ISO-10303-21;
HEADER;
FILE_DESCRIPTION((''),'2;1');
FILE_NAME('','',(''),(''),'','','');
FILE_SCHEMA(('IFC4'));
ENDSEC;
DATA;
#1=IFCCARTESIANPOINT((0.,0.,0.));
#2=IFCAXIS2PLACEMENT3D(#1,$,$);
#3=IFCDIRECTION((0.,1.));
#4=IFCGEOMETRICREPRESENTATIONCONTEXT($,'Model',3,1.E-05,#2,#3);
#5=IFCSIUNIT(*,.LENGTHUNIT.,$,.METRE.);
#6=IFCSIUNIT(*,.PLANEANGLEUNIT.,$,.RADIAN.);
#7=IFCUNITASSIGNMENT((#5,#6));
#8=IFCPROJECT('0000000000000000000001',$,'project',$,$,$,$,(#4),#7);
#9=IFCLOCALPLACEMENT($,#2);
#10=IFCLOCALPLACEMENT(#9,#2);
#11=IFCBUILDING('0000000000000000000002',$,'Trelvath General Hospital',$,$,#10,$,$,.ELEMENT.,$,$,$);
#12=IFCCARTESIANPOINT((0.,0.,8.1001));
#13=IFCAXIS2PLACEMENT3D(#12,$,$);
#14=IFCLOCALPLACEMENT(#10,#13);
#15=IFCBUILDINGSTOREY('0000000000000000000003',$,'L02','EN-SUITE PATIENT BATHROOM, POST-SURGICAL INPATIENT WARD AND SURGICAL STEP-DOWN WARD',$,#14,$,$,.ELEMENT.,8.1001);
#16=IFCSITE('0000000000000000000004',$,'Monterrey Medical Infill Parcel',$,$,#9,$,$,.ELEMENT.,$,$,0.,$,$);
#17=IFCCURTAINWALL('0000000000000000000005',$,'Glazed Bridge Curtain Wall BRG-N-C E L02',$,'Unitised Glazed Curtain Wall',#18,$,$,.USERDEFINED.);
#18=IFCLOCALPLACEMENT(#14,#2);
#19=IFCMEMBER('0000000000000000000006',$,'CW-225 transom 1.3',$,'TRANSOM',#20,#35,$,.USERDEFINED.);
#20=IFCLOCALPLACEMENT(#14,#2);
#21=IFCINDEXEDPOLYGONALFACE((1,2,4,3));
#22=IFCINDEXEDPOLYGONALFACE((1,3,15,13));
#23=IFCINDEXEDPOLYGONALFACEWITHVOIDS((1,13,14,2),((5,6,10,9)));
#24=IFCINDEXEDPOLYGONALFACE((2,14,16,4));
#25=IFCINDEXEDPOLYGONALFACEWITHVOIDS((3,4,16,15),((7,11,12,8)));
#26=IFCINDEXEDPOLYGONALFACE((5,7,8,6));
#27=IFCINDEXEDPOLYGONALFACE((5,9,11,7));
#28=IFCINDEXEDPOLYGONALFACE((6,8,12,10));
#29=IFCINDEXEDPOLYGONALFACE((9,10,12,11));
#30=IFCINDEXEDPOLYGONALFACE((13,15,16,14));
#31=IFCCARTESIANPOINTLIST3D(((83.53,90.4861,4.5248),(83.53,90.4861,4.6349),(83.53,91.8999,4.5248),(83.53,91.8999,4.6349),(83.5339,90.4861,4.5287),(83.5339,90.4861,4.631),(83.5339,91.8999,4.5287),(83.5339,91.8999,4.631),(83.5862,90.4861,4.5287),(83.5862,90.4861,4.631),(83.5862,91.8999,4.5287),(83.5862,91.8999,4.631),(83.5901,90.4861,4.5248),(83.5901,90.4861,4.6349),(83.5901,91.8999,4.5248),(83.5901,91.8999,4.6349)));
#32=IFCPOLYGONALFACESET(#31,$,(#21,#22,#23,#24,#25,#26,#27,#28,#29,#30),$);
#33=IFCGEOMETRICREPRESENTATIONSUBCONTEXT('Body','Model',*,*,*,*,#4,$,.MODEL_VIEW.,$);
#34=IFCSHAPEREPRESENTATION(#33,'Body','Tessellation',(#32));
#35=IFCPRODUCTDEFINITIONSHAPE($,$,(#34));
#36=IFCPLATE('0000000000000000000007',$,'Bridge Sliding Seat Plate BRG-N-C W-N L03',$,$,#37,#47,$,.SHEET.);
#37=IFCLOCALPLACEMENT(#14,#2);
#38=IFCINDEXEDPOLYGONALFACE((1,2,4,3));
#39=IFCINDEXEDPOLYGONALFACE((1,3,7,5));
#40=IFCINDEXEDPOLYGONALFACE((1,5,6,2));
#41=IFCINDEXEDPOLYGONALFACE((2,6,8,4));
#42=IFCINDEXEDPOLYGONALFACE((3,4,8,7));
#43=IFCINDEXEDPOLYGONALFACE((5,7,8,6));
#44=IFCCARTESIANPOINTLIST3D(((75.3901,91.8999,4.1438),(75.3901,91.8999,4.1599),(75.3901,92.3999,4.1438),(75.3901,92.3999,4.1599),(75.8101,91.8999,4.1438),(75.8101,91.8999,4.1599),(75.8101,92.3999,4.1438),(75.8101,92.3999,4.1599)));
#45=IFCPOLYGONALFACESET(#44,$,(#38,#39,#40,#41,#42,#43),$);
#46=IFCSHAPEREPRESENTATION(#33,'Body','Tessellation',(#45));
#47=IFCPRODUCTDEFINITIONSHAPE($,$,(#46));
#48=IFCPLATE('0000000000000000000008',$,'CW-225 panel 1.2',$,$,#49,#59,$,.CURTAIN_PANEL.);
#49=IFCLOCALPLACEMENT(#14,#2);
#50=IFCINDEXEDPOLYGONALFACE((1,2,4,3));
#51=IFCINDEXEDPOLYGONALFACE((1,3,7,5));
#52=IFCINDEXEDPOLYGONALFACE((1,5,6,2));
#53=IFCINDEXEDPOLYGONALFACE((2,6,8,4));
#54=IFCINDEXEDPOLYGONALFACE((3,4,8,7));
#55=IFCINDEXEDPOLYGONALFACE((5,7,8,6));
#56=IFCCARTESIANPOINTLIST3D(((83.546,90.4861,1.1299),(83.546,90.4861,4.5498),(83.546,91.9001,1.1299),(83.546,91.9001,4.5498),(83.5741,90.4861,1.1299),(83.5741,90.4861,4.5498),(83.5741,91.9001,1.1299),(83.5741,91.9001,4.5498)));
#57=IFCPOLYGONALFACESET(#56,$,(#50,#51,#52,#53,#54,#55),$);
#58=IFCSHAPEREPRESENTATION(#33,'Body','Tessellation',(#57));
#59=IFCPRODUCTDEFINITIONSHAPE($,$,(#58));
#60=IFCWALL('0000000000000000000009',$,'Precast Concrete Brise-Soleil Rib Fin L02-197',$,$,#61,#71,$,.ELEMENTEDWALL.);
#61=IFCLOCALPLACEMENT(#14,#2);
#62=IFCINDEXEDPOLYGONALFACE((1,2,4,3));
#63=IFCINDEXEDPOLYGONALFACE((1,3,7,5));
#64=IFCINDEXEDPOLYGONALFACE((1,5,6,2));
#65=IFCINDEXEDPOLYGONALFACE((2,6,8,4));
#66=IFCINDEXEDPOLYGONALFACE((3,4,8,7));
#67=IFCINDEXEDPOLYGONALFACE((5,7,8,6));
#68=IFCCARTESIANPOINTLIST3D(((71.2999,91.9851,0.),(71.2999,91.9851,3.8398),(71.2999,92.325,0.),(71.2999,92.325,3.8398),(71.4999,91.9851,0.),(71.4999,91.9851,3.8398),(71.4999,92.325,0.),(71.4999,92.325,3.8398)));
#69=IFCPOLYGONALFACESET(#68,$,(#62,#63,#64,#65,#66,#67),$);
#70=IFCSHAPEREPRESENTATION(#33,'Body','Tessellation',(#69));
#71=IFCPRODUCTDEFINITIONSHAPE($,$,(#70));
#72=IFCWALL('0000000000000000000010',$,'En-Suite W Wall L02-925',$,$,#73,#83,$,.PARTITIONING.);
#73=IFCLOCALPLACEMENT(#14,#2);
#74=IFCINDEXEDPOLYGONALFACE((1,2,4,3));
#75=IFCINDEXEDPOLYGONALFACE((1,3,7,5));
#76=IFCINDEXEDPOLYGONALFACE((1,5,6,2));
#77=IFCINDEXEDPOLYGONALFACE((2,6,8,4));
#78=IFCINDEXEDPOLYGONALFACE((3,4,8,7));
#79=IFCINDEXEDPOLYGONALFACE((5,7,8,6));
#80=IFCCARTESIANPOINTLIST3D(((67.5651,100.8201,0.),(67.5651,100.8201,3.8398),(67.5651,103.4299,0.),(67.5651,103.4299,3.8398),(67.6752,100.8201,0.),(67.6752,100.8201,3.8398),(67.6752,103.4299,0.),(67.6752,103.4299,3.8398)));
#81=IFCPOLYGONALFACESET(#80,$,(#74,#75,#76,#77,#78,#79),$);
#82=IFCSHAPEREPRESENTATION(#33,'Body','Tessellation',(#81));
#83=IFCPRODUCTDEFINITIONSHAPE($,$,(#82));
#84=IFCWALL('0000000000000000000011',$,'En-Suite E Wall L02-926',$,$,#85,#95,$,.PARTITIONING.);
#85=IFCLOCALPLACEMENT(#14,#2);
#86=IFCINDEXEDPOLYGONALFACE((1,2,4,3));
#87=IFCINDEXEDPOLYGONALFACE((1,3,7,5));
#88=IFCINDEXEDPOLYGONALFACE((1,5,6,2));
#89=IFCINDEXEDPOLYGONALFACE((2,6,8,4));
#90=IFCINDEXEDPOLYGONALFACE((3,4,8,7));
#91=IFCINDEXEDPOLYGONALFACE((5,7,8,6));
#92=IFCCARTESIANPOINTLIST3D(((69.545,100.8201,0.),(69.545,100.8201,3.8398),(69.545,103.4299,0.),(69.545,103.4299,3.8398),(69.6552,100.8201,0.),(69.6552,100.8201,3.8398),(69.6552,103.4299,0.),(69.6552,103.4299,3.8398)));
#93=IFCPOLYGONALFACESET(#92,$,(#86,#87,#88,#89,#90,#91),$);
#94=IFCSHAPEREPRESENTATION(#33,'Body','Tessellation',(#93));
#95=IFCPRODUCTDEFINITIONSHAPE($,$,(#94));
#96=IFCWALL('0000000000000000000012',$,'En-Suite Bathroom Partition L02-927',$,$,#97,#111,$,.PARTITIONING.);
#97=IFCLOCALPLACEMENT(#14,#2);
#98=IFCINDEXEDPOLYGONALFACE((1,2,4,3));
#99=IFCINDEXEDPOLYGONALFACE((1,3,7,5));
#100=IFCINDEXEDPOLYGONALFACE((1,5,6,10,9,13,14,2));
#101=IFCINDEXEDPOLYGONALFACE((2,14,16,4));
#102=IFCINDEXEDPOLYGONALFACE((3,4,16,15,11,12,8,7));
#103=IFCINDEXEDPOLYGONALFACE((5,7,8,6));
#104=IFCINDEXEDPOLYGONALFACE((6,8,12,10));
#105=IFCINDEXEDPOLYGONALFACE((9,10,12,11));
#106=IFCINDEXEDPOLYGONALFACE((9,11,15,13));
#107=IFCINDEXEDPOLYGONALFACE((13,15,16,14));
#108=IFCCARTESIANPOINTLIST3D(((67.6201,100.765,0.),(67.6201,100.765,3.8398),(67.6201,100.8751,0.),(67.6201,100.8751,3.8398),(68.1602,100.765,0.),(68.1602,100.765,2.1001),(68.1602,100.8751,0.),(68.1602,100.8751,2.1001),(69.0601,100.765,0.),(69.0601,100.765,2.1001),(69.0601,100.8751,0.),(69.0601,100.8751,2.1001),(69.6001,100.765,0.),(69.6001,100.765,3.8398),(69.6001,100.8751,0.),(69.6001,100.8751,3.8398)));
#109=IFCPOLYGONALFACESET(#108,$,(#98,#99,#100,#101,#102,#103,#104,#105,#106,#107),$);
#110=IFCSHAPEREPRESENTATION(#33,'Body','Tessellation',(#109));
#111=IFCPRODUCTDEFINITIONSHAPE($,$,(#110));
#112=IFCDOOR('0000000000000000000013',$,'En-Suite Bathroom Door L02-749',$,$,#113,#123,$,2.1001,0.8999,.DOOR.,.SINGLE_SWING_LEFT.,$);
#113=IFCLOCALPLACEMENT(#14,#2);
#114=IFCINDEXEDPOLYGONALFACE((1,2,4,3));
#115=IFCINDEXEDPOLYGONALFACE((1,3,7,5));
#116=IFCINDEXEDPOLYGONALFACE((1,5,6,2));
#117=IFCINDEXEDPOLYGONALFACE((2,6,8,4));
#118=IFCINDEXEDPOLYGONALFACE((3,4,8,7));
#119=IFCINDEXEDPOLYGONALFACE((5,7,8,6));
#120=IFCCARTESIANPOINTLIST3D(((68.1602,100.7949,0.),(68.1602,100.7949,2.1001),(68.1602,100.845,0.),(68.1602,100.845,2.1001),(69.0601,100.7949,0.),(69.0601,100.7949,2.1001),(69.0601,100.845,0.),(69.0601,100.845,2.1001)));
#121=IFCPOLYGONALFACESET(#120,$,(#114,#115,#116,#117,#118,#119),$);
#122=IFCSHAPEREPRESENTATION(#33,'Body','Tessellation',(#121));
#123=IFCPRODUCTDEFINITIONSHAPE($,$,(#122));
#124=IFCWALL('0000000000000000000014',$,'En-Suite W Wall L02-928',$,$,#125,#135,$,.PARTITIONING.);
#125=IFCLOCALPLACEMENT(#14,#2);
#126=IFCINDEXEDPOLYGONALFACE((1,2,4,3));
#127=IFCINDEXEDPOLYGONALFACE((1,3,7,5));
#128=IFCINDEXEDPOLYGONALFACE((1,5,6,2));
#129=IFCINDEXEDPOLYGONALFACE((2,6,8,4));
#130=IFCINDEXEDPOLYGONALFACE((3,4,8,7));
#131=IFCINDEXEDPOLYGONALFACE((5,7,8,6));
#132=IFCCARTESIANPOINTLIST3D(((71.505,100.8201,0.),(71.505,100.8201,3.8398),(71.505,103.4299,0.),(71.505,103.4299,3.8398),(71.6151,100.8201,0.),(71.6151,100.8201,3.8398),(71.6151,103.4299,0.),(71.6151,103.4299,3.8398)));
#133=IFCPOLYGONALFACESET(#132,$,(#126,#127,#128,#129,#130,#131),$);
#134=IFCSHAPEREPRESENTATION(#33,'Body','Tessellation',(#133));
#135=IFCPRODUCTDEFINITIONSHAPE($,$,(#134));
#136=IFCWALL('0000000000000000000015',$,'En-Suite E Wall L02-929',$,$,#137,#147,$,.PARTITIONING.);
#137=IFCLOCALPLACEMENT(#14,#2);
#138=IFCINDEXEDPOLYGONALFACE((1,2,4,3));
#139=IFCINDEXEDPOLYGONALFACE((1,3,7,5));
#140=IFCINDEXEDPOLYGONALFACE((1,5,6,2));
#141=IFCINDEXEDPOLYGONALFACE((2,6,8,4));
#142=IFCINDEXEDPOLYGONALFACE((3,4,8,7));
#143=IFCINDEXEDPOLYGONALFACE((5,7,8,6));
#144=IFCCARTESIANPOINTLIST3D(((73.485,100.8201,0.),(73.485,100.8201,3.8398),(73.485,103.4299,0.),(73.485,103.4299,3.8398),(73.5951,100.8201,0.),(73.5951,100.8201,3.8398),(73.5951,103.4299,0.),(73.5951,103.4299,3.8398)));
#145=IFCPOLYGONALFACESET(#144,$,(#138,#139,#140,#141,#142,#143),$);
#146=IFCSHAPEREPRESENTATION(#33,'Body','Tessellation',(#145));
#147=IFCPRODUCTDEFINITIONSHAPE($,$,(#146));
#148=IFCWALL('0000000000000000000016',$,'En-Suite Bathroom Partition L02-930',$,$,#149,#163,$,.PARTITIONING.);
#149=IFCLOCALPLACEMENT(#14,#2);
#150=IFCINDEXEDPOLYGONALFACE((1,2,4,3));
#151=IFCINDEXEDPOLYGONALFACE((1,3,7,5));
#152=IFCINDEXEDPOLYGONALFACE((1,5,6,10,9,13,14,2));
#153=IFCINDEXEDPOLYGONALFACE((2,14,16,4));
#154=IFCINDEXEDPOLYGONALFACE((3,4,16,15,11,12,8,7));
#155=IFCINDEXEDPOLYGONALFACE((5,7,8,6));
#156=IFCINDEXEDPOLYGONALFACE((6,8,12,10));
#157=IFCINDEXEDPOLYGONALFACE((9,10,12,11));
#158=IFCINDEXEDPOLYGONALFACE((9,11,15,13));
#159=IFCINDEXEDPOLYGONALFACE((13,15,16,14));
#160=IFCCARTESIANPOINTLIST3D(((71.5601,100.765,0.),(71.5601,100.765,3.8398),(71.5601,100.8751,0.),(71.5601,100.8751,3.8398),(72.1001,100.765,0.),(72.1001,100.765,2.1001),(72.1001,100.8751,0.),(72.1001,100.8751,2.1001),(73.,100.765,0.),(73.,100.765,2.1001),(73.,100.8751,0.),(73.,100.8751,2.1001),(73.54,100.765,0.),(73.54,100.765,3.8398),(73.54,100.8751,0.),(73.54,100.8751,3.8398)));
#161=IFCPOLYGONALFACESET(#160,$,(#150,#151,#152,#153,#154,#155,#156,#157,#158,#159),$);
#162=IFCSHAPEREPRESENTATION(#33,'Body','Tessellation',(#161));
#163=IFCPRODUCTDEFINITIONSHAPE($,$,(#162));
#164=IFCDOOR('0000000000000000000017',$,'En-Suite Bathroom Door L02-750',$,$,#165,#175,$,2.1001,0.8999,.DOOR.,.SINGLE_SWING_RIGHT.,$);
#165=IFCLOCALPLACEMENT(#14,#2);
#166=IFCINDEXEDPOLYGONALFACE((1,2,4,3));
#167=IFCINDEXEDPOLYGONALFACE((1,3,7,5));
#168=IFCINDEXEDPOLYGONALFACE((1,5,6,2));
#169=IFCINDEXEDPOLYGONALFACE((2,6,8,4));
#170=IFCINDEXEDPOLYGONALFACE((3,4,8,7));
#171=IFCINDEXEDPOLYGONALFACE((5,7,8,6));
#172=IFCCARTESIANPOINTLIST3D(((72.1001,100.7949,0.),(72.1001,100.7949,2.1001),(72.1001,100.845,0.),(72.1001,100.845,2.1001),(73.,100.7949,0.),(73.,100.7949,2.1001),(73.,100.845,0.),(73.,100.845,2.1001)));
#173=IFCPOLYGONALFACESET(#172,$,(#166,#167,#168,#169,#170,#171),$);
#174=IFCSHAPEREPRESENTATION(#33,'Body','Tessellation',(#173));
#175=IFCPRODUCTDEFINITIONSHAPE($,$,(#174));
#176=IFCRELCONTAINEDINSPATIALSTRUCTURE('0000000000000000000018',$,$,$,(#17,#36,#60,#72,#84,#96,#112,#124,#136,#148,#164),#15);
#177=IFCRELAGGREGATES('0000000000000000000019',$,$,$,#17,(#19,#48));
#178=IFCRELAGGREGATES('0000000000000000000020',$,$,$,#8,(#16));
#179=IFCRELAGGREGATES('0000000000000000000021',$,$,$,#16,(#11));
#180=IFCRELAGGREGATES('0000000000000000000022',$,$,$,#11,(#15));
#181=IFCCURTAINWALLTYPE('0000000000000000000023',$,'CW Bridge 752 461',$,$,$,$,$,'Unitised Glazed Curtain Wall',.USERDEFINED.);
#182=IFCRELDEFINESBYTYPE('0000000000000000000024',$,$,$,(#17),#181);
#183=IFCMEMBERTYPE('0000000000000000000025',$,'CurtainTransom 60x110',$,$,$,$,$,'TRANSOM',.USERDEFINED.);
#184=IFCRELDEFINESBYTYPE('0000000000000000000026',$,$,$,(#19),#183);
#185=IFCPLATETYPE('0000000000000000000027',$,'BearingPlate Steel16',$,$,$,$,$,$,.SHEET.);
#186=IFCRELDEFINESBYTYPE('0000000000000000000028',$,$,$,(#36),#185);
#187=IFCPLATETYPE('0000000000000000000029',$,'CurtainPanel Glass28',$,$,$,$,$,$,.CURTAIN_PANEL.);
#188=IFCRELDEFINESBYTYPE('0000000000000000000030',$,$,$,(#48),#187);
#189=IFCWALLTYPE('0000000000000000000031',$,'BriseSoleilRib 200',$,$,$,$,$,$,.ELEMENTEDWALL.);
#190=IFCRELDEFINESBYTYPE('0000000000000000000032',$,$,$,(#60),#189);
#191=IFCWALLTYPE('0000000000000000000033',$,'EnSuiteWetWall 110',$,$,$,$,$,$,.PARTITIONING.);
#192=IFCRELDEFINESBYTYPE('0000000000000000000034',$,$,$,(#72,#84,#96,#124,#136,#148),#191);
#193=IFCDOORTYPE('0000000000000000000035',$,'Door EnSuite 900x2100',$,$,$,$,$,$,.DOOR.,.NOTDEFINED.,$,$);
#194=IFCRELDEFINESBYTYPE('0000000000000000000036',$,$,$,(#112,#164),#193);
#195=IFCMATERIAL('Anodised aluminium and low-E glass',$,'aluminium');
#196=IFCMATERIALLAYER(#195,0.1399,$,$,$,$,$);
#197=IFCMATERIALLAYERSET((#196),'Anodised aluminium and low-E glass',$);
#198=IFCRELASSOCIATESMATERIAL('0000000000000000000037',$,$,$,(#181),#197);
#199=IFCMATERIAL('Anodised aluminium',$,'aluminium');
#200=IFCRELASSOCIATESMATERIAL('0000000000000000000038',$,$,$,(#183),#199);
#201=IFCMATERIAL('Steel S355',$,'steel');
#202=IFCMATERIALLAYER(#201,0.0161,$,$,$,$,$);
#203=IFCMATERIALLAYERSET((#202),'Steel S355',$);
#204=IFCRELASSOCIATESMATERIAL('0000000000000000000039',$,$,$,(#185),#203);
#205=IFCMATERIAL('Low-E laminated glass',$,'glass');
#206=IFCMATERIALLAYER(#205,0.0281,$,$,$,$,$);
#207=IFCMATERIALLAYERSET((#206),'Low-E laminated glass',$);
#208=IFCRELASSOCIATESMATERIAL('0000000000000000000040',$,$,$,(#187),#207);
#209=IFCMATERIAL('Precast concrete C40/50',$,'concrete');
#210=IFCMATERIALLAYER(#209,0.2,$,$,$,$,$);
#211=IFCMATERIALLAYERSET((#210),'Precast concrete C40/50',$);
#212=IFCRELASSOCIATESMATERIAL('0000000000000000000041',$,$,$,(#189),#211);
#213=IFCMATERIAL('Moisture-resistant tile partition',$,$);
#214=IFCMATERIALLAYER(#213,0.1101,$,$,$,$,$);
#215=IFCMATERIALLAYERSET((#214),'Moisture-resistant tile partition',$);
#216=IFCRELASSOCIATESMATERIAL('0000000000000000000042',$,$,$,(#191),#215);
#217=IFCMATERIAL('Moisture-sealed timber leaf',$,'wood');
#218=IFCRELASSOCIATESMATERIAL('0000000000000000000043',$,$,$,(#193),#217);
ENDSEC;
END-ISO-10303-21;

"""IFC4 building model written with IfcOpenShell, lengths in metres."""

from ifc_helpers import new_model, si_unit, direction, frame, frame_2d, origin, origin_2d, place, context, subcontext, project, spatial, rectangle, hollow_rectangle, extrude, material, layer, layer_set, material_profile, profile_set, type_object, element, fill, aggregate, save


model = new_model("IFC4")

# Units and contexts
model_context = context("Model", 3, precision=1e-05, world=origin(), true_north=direction((0.0, 1.0)))
body_context = subcontext(model_context, "Body", "Model", "MODEL_VIEW")
ifc_project = project(units=[si_unit("LENGTHUNIT", "METRE"), si_unit("PLANEANGLEUNIT", "RADIAN")], contexts=[model_context])

# Site, building, storey
site_placement = place(None, origin())
site = spatial("IfcSite", under=ifc_project, at=site_placement, Name="Monterrey Medical Infill Parcel", CompositionType="ELEMENT", RefElevation=0.0)
building_placement = place(site_placement, origin())
building = spatial("IfcBuilding", under=site, at=building_placement, Name="Trelvath General Hospital", CompositionType="ELEMENT")
storey_placement = place(building_placement, frame((0.0, 0.0, 8.1001)))
storey = spatial("IfcBuildingStorey", under=building, at=storey_placement, Name="L02", Description="EN-SUITE PATIENT BATHROOM, POST-SURGICAL INPATIENT WARD AND SURGICAL STEP-DOWN WARD", CompositionType="ELEMENT", Elevation=8.1001)

# Shared definitions
ifc_material_1 = material(Name="Anodised aluminium and low-E glass", Category="aluminium")
ifc_layer_1 = layer(ifc_material_1, 0.1399)
ifc_layer_set_1 = layer_set([ifc_layer_1], Name="Anodised aluminium and low-E glass")
curtain_wall_type = type_object("IfcCurtainWallType", Name="CW Bridge 752 461", ElementType="Unitised Glazed Curtain Wall", PredefinedType="USERDEFINED", material=ifc_layer_set_1)

# Curtain wall, member
curtain_wall_1_placement = place(storey_placement, origin())
curtain_wall_1 = element("IfcCurtainWall", 1, at=curtain_wall_1_placement, inside=storey, type_object=curtain_wall_type, Name="Glazed Bridge Curtain Wall BRG-N-C E L02", ObjectType="Unitised Glazed Curtain Wall", PredefinedType="USERDEFINED")
ifc_material_2 = material(Name="Anodised aluminium", Category="aluminium")
ifc_material_profile_1 = material_profile(ifc_material_2, hollow_rectangle(XDim=0.0601, YDim=0.1101, WallThickness=0.0039, at=origin_2d()), Name="RHS60x110x4")
ifc_profile_set_1 = profile_set([ifc_material_profile_1], Name="Anodised aluminium")
member_type_1 = type_object("IfcMemberType", Name="CurtainTransom 60x110", ElementType="TRANSOM", PredefinedType="USERDEFINED", material=ifc_profile_set_1)
member_1_placement = place(storey_placement, frame((83.5601, 91.8999, 4.5798), z_axis=(0.0, -1.0, 0.0), x_axis=(1.0, 0.0, 0.0)))
member_1 = element("IfcMember", 2, at=member_1_placement, type_object=member_type_1, Name="CW-225 transom 1.3", ObjectType="TRANSOM", PredefinedType="USERDEFINED", context=body_context, shape_type="SweptSolid", body=[
    extrude(hollow_rectangle(XDim=0.0601, YDim=0.1101, WallThickness=0.0039, at=origin_2d()), origin(), (0.0, 0.0, 1.0), 1.4138),
])

# Plates
ifc_material_3 = material(Name="Steel S355", Category="steel")
ifc_layer_2 = layer(ifc_material_3, 0.0161)
ifc_layer_set_2 = layer_set([ifc_layer_2], Name="Steel S355")
plate_type_1 = type_object("IfcPlateType", Name="BearingPlate Steel16", PredefinedType="SHEET", material=ifc_layer_set_2)
plate_1_placement = place(storey_placement, frame((75.6001, 92.1499, 4.1438), z_axis=(0.0, 0.0, 1.0), x_axis=(1.0, 0.0, 0.0)))
element("IfcPlate", 3, at=plate_1_placement, inside=storey, type_object=plate_type_1, Name="Bridge Sliding Seat Plate BRG-N-C W-N L03", PredefinedType="SHEET", context=body_context, shape_type="SweptSolid", body=[
    extrude(rectangle(XDim=0.4199, YDim=0.5, at=origin_2d()), origin(), (0.0, 0.0, 1.0), 0.0161),
])
ifc_material_4 = material(Name="Low-E laminated glass", Category="glass")
ifc_layer_3 = layer(ifc_material_4, 0.0281)
ifc_layer_set_3 = layer_set([ifc_layer_3], Name="Low-E laminated glass")
plate_type_2 = type_object("IfcPlateType", Name="CurtainPanel Glass28", PredefinedType="CURTAIN_PANEL", material=ifc_layer_set_3)
plate_2_placement = place(storey_placement, frame((83.5601, 91.1931, 1.1299), z_axis=(0.0, 0.0, 1.0), x_axis=(0.0, -1.0, 0.0)))
plate_2 = element("IfcPlate", 4, at=plate_2_placement, type_object=plate_type_2, Name="CW-225 panel 1.2", PredefinedType="CURTAIN_PANEL", context=body_context, shape_type="SweptSolid", body=[
    extrude(rectangle(XDim=1.4141, YDim=0.0281, at=origin_2d()), origin(), (0.0, 0.0, 1.0), 3.4199),
])
aggregate(curtain_wall_1, [member_1, plate_2])

# Walls
ifc_material_5 = material(Name="Precast concrete C40/50", Category="concrete")
ifc_layer_4 = layer(ifc_material_5, 0.2)
ifc_layer_set_4 = layer_set([ifc_layer_4], Name="Precast concrete C40/50")
wall_type_1 = type_object("IfcWallType", Name="BriseSoleilRib 200", PredefinedType="ELEMENTEDWALL", material=ifc_layer_set_4)
wall_1_placement = place(storey_placement, frame((71.3999, 92.325, 0.0), z_axis=(0.0, 0.0, 1.0), x_axis=(0.0, -1.0, 0.0)))
element("IfcWall", 5, at=wall_1_placement, inside=storey, type_object=wall_type_1, Name="Precast Concrete Brise-Soleil Rib Fin L02-197", PredefinedType="ELEMENTEDWALL", context=body_context, shape_type="SweptSolid", body=[
    extrude(rectangle(XDim=0.3398, YDim=0.2, at=frame_2d((0.1699, 0.0))), origin(), (0.0, 0.0, 1.0), 3.8398),
])
ifc_material_6 = material(Name="Moisture-resistant tile partition")
ifc_layer_5 = layer(ifc_material_6, 0.1101)
ifc_layer_set_5 = layer_set([ifc_layer_5], Name="Moisture-resistant tile partition")
wall_type_2 = type_object("IfcWallType", Name="EnSuiteWetWall 110", PredefinedType="PARTITIONING", material=ifc_layer_set_5)
for number, where, z_axis, x_axis, name in (
    (6, (67.6201, 100.8201, 0.0), (0.0, 0.0, 1.0), (0.0, 1.0, 0.0), "En-Suite W Wall L02-925"),
    (7, (69.6001, 100.8201, 0.0), (0.0, 0.0, 1.0), (0.0, 1.0, 0.0), "En-Suite E Wall L02-926"),
):
    element("IfcWall", number, at=place(storey_placement, frame(where, z_axis=z_axis, x_axis=x_axis)), inside=storey, type_object=wall_type_2, Name=name, PredefinedType="PARTITIONING", context=body_context, shape_type="SweptSolid", body=[
        extrude(rectangle(XDim=2.6099, YDim=0.1101, at=frame_2d((1.3049, 0.0))), origin(), (0.0, 0.0, 1.0), 3.8398),
    ])

# Wall, opening, door
wall_2_placement = place(storey_placement, frame((67.6201, 100.8201, 0.0), z_axis=(0.0, 0.0, 1.0), x_axis=(1.0, 0.0, 0.0)))
wall_2 = element("IfcWall", 8, at=wall_2_placement, inside=storey, type_object=wall_type_2, Name="En-Suite Bathroom Partition L02-927", PredefinedType="PARTITIONING", context=body_context, shape_type="SweptSolid", body=[
    extrude(rectangle(XDim=1.98, YDim=0.1101, at=frame_2d((0.99, 0.0))), origin(), (0.0, 0.0, 1.0), 3.8398),
])
opening_1_placement = place(wall_2_placement, frame((0.54, 0.0, 0.0)))
opening_1 = element("IfcOpeningElement", 9, at=opening_1_placement, cuts=wall_2, PredefinedType="OPENING", context=body_context, shape_type="SweptSolid", body=[
    extrude(rectangle(XDim=0.8999, YDim=2.1001, at=frame_2d((0.45, 1.05))), frame((0.0, 0.0649, 0.0), z_axis=(0.0, -1.0, 0.0), x_axis=(1.0, 0.0, 0.0)), (0.0, 0.0, 1.0), 0.1301),
])
ifc_material_7 = material(Name="Moisture-sealed timber leaf", Category="wood")
door_type = type_object("IfcDoorType", Name="Door EnSuite 900x2100", OperationType="NOTDEFINED", PredefinedType="DOOR", material=ifc_material_7)
door_1_placement = place(opening_1_placement, origin())
door_1 = element("IfcDoor", 10, at=door_1_placement, inside=storey, type_object=door_type, Name="En-Suite Bathroom Door L02-749", OperationType="SINGLE_SWING_LEFT", OverallHeight=2.1001, OverallWidth=0.8999, PredefinedType="DOOR", context=body_context, shape_type="SweptSolid", body=[
    extrude(rectangle(XDim=0.8999, YDim=2.1001, at=frame_2d((0.45, 1.05))), frame((0.0, 0.0249, 0.0), z_axis=(0.0, -1.0, 0.0), x_axis=(1.0, 0.0, 0.0)), (0.0, 0.0, 1.0), 0.05),
])
fill(opening_1, door_1)

# Walls
for number, where, z_axis, x_axis, name in (
    (11, (71.5601, 100.8201, 0.0), (0.0, 0.0, 1.0), (0.0, 1.0, 0.0), "En-Suite W Wall L02-928"),
    (12, (73.54, 100.8201, 0.0), (0.0, 0.0, 1.0), (0.0, 1.0, 0.0), "En-Suite E Wall L02-929"),
):
    element("IfcWall", number, at=place(storey_placement, frame(where, z_axis=z_axis, x_axis=x_axis)), inside=storey, type_object=wall_type_2, Name=name, PredefinedType="PARTITIONING", context=body_context, shape_type="SweptSolid", body=[
        extrude(rectangle(XDim=2.6099, YDim=0.1101, at=frame_2d((1.3049, 0.0))), origin(), (0.0, 0.0, 1.0), 3.8398),
    ])

# Wall, opening, door
wall_3_placement = place(storey_placement, frame((71.5601, 100.8201, 0.0), z_axis=(0.0, 0.0, 1.0), x_axis=(1.0, 0.0, 0.0)))
wall_3 = element("IfcWall", 13, at=wall_3_placement, inside=storey, type_object=wall_type_2, Name="En-Suite Bathroom Partition L02-930", PredefinedType="PARTITIONING", context=body_context, shape_type="SweptSolid", body=[
    extrude(rectangle(XDim=1.98, YDim=0.1101, at=frame_2d((0.99, 0.0))), origin(), (0.0, 0.0, 1.0), 3.8398),
])
opening_2_placement = place(wall_3_placement, frame((0.54, 0.0, 0.0)))
opening_2 = element("IfcOpeningElement", 14, at=opening_2_placement, cuts=wall_3, PredefinedType="OPENING", context=body_context, shape_type="SweptSolid", body=[
    extrude(rectangle(XDim=0.8999, YDim=2.1001, at=frame_2d((0.45, 1.05))), frame((0.0, 0.0649, 0.0), z_axis=(0.0, -1.0, 0.0), x_axis=(1.0, 0.0, 0.0)), (0.0, 0.0, 1.0), 0.1301),
])
door_2_placement = place(opening_2_placement, origin())
door_2 = element("IfcDoor", 15, at=door_2_placement, inside=storey, type_object=door_type, Name="En-Suite Bathroom Door L02-750", OperationType="SINGLE_SWING_RIGHT", OverallHeight=2.1001, OverallWidth=0.8999, PredefinedType="DOOR", context=body_context, shape_type="SweptSolid", body=[
    extrude(rectangle(XDim=0.8999, YDim=2.1001, at=frame_2d((0.45, 1.05))), frame((0.0, 0.0249, 0.0), z_axis=(0.0, -1.0, 0.0), x_axis=(1.0, 0.0, 0.0)), (0.0, 0.0, 1.0), 0.05),
])
fill(opening_2, door_2)

save(model, "model.ifc")
